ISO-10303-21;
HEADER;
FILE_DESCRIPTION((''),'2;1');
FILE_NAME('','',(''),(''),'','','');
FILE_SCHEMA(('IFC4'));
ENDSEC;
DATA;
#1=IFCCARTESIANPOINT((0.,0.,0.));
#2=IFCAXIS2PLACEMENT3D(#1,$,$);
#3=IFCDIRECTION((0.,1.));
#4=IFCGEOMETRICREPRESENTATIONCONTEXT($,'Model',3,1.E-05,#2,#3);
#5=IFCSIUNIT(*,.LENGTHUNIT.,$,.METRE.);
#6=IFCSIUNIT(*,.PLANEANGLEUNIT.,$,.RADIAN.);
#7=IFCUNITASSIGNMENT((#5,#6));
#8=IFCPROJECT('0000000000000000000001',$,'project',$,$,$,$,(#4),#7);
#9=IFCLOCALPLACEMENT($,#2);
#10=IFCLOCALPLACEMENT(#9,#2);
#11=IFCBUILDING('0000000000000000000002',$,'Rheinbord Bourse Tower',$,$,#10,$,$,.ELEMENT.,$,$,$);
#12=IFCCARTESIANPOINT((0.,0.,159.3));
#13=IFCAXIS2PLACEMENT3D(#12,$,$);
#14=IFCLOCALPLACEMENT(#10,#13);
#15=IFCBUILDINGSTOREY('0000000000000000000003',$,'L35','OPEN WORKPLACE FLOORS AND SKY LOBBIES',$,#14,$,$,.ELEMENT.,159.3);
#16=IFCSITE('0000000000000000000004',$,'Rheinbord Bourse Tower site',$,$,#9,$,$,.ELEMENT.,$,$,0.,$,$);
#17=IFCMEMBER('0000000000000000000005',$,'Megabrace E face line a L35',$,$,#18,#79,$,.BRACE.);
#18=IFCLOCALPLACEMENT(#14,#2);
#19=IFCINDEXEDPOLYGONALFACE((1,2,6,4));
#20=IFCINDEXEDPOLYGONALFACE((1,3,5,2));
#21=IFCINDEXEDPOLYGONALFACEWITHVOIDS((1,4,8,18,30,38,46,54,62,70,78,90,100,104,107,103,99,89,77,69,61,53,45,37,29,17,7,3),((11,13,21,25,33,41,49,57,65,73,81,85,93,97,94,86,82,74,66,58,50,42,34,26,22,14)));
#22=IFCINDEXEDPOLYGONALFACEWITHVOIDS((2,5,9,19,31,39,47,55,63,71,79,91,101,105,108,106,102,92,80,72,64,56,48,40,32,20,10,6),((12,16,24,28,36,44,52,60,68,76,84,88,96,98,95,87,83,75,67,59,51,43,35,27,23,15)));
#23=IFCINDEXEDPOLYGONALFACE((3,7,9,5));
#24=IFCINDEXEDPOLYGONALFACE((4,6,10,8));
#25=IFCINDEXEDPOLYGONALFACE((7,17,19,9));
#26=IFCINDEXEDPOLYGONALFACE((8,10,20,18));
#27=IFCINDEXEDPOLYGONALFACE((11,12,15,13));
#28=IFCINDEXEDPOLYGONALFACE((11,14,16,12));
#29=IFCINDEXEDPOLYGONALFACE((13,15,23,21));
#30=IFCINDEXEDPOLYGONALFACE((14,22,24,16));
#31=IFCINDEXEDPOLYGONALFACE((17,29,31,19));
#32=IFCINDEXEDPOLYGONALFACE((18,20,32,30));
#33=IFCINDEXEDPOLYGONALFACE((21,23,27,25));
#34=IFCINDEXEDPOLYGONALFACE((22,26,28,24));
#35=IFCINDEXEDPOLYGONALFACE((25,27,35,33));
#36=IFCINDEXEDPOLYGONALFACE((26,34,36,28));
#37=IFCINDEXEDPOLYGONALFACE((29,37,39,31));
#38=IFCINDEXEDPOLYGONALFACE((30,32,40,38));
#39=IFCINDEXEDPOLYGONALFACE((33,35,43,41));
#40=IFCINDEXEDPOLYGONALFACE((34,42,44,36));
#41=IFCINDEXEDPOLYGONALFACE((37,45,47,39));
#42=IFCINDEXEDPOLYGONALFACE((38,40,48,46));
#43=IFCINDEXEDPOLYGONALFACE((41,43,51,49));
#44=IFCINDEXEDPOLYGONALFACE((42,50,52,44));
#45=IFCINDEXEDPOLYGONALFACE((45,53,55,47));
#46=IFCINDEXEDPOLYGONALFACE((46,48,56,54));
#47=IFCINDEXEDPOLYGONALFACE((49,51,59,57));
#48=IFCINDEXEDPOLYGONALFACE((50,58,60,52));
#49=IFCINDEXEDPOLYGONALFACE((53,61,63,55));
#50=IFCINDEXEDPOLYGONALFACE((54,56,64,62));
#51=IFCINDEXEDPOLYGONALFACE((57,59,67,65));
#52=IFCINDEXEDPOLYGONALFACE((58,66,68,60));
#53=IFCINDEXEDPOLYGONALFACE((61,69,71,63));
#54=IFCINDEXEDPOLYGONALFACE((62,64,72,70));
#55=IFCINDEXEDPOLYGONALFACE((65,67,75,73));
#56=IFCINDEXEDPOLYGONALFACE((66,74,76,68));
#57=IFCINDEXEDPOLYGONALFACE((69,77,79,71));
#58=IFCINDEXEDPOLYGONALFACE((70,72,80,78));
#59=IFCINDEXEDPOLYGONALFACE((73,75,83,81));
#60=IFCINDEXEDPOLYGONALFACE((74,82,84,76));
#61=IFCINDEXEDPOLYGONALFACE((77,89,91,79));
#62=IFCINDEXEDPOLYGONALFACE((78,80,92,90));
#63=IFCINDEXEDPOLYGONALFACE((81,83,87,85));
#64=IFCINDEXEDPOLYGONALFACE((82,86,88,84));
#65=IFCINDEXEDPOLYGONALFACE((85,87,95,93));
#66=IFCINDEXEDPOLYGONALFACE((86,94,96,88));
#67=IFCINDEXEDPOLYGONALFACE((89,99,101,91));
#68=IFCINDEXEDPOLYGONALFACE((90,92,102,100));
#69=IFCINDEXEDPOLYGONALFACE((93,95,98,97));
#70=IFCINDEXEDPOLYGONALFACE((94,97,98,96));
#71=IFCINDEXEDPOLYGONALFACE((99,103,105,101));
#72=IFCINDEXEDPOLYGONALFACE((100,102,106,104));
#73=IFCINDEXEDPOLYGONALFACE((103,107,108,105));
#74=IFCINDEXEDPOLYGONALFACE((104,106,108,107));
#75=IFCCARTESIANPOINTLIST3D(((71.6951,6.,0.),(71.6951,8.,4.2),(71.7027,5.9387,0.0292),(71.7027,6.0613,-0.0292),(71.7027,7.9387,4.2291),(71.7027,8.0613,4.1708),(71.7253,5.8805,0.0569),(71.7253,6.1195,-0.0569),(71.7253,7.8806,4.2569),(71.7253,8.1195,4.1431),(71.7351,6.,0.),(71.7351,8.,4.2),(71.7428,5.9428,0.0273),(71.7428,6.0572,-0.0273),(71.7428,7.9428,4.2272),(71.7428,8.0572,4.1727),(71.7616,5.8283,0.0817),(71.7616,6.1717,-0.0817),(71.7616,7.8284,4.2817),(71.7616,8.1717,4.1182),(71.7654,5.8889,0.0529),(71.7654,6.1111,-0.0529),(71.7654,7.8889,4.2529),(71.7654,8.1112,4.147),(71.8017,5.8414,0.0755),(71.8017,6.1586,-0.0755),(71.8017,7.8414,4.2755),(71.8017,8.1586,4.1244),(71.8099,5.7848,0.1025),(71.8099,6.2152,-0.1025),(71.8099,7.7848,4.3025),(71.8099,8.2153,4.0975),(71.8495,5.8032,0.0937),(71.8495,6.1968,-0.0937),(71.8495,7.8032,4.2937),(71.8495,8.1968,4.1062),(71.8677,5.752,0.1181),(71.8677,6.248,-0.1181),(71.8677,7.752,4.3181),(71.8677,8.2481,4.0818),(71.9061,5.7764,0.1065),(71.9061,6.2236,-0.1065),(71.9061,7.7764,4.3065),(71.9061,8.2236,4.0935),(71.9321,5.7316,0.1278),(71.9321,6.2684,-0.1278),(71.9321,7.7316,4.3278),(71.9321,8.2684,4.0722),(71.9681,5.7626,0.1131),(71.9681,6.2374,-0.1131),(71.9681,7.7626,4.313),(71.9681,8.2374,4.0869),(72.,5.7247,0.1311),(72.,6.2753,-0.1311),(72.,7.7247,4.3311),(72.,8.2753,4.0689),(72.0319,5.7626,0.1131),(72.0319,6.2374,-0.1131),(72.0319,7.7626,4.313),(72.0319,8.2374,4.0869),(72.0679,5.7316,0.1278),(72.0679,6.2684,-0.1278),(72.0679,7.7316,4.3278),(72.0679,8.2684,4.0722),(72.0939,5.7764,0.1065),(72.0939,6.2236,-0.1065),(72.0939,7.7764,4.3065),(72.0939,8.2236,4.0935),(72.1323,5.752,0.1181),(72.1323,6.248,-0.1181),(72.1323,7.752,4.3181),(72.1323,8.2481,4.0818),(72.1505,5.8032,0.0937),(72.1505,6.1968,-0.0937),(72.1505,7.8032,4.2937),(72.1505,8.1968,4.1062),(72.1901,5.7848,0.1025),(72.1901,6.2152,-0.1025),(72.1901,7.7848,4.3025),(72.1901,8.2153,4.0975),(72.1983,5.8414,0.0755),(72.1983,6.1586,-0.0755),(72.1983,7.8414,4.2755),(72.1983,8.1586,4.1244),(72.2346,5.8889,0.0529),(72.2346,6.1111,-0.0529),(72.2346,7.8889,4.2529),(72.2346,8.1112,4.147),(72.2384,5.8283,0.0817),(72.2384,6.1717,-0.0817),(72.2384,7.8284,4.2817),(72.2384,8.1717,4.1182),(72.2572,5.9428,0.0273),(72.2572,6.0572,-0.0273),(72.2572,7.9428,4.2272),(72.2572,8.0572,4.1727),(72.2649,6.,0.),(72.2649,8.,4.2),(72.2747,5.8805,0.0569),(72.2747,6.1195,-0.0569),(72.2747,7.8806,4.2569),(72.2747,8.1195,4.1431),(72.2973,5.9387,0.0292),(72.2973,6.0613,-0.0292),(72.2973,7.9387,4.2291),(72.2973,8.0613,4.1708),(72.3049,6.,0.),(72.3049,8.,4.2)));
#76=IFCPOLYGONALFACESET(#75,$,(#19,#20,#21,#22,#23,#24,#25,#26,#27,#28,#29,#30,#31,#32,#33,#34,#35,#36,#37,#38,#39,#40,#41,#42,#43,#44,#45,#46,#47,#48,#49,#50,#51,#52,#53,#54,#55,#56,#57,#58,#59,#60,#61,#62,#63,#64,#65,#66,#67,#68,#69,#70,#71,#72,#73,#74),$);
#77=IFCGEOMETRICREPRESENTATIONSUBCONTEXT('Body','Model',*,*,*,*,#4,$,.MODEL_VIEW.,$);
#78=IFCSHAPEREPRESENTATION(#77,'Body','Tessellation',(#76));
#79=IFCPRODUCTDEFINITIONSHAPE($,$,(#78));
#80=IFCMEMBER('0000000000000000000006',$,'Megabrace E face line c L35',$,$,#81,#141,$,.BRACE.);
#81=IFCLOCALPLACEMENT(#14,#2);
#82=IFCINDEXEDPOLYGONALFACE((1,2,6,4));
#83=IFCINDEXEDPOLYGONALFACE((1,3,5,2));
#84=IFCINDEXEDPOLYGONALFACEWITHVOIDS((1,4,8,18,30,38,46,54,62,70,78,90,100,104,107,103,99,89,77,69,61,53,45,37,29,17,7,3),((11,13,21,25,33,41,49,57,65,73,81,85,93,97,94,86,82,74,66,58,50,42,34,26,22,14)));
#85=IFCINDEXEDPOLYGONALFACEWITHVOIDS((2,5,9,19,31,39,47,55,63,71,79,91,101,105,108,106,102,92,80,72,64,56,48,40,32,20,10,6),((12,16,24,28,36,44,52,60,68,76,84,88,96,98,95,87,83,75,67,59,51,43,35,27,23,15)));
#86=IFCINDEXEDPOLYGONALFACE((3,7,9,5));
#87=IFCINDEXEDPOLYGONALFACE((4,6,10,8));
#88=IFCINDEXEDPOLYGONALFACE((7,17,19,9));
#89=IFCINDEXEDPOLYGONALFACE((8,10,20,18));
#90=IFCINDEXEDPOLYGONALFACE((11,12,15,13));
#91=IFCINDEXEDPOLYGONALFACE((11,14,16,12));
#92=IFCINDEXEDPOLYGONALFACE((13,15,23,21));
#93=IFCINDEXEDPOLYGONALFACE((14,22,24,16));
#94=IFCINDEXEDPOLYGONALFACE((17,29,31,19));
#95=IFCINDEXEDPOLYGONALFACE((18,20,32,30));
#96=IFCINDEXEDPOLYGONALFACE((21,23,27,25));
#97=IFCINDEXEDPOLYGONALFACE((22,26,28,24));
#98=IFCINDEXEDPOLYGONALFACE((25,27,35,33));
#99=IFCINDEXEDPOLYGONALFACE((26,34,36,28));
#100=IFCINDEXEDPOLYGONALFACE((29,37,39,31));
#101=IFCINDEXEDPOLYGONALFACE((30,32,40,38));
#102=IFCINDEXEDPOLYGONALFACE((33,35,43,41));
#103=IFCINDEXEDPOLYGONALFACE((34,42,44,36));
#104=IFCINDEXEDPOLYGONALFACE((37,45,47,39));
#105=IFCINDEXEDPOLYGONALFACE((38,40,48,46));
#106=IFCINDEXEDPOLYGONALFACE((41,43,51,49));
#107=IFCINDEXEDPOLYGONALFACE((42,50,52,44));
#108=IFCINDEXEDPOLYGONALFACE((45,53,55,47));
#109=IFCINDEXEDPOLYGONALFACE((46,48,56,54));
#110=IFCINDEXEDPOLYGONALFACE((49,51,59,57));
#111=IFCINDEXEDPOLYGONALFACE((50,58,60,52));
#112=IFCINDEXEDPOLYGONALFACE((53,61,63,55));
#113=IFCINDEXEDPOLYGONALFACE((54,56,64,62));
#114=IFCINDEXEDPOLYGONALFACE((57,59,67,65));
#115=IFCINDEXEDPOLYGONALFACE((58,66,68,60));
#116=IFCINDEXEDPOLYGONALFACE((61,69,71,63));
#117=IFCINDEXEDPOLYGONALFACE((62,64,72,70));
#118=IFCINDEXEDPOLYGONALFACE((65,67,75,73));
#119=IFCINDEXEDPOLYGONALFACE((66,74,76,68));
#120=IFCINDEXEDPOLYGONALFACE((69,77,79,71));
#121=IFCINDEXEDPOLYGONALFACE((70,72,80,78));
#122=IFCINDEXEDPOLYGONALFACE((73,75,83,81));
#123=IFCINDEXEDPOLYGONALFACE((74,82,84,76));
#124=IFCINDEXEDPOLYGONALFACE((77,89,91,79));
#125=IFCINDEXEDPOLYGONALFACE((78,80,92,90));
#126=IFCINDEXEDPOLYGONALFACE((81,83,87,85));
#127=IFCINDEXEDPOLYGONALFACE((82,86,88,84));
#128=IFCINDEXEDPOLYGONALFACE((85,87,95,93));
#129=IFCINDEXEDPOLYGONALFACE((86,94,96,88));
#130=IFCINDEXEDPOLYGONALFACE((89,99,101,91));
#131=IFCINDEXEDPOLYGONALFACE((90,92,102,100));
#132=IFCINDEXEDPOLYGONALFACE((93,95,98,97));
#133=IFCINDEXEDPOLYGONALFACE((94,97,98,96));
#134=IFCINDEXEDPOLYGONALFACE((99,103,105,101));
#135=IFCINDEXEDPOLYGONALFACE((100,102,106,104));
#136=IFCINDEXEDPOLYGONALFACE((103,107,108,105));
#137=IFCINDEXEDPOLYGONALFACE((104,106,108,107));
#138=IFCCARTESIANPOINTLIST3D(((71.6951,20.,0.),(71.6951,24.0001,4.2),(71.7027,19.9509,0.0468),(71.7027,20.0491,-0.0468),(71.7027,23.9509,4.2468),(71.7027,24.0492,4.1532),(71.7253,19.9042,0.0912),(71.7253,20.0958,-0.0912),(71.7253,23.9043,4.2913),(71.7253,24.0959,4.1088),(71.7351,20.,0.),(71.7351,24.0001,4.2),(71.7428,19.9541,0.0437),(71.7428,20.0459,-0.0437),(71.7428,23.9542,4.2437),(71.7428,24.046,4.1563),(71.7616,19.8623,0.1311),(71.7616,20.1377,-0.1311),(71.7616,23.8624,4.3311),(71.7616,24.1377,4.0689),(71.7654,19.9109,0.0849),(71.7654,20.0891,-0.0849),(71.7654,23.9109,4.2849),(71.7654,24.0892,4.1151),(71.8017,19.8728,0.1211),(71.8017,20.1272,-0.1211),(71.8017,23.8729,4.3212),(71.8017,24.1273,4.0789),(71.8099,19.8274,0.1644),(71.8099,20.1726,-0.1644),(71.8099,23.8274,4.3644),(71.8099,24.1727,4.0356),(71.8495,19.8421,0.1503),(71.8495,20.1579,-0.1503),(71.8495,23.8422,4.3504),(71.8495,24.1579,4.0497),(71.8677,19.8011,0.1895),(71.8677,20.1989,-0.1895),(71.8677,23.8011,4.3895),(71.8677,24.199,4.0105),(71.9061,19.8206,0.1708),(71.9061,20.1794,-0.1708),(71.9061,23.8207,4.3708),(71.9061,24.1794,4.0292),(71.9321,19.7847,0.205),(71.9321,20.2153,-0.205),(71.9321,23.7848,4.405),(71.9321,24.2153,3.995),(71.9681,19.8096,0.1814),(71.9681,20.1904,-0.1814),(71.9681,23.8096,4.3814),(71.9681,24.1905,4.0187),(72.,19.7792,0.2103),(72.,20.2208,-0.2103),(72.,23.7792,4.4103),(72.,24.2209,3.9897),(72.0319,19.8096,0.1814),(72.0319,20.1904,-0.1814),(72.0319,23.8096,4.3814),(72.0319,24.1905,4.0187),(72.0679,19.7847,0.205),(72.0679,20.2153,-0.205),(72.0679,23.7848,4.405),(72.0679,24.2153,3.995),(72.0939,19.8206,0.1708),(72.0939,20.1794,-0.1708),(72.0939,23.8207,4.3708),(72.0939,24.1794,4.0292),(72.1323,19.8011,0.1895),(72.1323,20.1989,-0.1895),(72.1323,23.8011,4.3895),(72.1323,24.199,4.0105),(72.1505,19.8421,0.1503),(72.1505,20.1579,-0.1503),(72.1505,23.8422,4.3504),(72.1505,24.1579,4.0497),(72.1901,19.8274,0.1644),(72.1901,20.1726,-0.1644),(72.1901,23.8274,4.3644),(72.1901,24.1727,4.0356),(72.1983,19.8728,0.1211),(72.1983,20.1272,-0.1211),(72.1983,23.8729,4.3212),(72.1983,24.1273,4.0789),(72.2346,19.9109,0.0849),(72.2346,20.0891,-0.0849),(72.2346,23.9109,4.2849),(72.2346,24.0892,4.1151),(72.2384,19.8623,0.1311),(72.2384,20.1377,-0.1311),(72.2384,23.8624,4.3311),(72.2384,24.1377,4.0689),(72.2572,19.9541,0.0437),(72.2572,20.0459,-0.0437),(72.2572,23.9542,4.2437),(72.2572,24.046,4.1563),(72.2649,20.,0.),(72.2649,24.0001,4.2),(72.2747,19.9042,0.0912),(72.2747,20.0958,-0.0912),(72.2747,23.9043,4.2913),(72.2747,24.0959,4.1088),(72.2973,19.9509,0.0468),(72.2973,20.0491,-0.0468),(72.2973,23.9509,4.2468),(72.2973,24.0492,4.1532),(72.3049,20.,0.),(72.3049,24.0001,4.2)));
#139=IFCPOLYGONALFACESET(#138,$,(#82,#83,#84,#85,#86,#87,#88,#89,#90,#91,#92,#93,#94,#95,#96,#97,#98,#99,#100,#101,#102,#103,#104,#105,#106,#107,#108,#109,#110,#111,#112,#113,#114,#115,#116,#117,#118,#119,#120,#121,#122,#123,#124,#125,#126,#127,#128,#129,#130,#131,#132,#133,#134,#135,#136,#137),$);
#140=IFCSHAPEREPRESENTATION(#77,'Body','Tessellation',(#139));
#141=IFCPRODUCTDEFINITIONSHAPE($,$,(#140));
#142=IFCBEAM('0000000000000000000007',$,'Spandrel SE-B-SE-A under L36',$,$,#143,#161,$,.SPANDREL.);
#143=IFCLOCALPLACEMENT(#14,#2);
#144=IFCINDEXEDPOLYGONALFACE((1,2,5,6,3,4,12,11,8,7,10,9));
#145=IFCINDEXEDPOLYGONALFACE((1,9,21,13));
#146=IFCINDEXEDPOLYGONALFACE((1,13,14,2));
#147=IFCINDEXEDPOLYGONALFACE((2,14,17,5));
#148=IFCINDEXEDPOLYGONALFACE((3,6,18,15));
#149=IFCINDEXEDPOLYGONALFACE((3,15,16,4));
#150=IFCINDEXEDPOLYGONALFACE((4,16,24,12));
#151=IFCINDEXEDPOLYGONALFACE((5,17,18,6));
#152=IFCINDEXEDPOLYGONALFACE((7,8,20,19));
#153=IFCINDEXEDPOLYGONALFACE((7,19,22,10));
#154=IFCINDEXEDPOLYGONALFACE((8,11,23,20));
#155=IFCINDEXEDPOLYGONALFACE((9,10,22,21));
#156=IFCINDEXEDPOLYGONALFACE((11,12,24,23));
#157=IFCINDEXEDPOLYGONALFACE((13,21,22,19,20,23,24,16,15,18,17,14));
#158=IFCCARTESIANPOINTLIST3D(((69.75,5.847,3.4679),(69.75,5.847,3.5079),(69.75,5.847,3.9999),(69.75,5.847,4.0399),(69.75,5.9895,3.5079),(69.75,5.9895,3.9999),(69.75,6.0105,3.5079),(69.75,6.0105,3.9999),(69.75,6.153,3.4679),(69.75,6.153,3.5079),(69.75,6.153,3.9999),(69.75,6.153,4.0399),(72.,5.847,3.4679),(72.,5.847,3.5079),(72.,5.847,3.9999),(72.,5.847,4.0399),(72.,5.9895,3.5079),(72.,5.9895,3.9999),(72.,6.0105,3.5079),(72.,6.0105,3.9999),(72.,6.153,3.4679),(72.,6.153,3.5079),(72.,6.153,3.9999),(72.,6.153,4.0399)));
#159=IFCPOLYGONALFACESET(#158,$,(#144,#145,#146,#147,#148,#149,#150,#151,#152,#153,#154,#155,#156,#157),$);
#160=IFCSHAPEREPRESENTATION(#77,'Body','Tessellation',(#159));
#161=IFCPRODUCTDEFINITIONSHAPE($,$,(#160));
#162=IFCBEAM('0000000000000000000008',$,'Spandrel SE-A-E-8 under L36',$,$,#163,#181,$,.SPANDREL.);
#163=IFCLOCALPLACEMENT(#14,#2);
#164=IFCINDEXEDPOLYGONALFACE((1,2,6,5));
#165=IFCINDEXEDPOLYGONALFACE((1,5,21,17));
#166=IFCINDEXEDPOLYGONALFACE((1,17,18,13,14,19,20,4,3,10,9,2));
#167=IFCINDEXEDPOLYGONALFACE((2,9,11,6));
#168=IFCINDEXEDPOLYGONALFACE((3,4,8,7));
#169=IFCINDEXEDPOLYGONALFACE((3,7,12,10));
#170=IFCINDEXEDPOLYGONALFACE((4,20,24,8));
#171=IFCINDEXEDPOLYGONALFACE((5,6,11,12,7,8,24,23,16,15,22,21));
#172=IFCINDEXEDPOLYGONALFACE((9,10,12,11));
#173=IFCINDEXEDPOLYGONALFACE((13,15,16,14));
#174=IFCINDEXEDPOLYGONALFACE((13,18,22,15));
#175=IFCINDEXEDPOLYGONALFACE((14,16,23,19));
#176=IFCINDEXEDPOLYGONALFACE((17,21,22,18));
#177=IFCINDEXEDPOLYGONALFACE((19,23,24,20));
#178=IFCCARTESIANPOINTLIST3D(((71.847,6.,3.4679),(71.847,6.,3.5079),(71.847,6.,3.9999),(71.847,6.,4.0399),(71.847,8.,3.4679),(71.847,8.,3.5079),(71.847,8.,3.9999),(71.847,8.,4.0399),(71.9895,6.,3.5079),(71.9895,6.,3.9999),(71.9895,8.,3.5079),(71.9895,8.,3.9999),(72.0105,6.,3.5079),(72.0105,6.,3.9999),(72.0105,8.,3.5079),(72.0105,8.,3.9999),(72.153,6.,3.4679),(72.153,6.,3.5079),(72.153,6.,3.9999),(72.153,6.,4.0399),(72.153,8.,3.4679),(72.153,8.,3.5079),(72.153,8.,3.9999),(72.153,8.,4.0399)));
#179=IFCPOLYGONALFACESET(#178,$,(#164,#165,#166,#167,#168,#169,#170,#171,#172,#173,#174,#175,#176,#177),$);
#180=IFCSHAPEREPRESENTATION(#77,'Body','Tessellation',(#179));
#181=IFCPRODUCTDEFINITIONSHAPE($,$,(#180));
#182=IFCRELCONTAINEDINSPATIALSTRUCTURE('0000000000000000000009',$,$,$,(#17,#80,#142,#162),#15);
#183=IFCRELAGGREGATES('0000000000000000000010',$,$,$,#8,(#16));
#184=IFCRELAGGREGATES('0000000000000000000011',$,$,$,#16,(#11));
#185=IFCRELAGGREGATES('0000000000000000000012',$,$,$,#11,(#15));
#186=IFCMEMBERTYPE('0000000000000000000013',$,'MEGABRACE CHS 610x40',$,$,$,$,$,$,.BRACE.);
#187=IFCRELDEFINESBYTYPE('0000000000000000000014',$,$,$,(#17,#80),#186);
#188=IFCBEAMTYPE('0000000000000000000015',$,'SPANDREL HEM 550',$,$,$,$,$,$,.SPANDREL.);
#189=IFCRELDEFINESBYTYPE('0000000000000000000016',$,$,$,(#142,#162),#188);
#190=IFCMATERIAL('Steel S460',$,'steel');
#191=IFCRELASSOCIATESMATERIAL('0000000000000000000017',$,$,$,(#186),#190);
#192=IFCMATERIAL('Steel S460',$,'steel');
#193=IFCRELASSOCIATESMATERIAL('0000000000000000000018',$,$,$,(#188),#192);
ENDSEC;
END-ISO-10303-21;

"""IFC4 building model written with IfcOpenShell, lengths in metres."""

from ifc_helpers import new_model, si_unit, direction, frame, origin, origin_2d, place, context, subcontext, project, spatial, hollow_circle, i_section, extrude, material, material_profile, profile_set, type_object, element, save


model = new_model("IFC4")

# Units and contexts
model_context = context("Model", 3, precision=1e-05, world=origin(), true_north=direction((0.0, 1.0)))
body_context = subcontext(model_context, "Body", "Model", "MODEL_VIEW")
ifc_project = project(units=[si_unit("LENGTHUNIT", "METRE"), si_unit("PLANEANGLEUNIT", "RADIAN")], contexts=[model_context])

# Site, building, storey
site_placement = place(None, origin())
site = spatial("IfcSite", under=ifc_project, at=site_placement, Name="Rheinbord Bourse Tower site", CompositionType="ELEMENT", RefElevation=0.0)
building_placement = place(site_placement, origin())
building = spatial("IfcBuilding", under=site, at=building_placement, Name="Rheinbord Bourse Tower", CompositionType="ELEMENT")
storey_placement = place(building_placement, frame((0.0, 0.0, 159.3)))
storey = spatial("IfcBuildingStorey", under=building, at=storey_placement, Name="L35", Description="OPEN WORKPLACE FLOORS AND SKY LOBBIES", CompositionType="ELEMENT", Elevation=159.3)

# Members
ifc_material_1 = material(Name="Steel S460", Category="steel")
ifc_material_profile_1 = material_profile(ifc_material_1, hollow_circle(Radius=0.3049, WallThickness=0.04, at=origin_2d()), Name="CHS 610x40")
ifc_profile_set_1 = profile_set([ifc_material_profile_1], Name="Steel S460")
member_type_1 = type_object("IfcMemberType", Name="MEGABRACE CHS 610x40", PredefinedType="BRACE", material=ifc_profile_set_1)
member_1_placement = place(storey_placement, frame((72.0, 6.0, 0.0), z_axis=(0.0, 0.429938, 0.902859), x_axis=(-1.0, 0.0, 0.0)))
element("IfcMember", 1, at=member_1_placement, inside=storey, type_object=member_type_1, Name="Megabrace E face line a L35", PredefinedType="BRACE", context=body_context, shape_type="SweptSolid", body=[
    extrude(hollow_circle(Radius=0.3049, WallThickness=0.04, at=origin_2d()), origin(), (0.0, 0.0, 1.0), 4.6519),
])
member_2_placement = place(storey_placement, frame((72.0, 20.0, 0.0), z_axis=(0.0, 0.689659, 0.724134), x_axis=(-1.0, 0.0, 0.0)))
element("IfcMember", 2, at=member_2_placement, inside=storey, type_object=member_type_1, Name="Megabrace E face line c L35", PredefinedType="BRACE", context=body_context, shape_type="SweptSolid", body=[
    extrude(hollow_circle(Radius=0.3049, WallThickness=0.04, at=origin_2d()), origin(), (0.0, 0.0, 1.0), 5.8),
])

# Beams
ifc_material_2 = material(Name="Steel S460", Category="steel")
ifc_material_profile_2 = material_profile(ifc_material_2, i_section(OverallWidth=0.3059, OverallDepth=0.572, WebThickness=0.021, FlangeThickness=0.04, at=origin_2d()), Name="HEM 550")
ifc_profile_set_2 = profile_set([ifc_material_profile_2], Name="Steel S460")
beam_type_1 = type_object("IfcBeamType", Name="SPANDREL HEM 550", PredefinedType="SPANDREL", material=ifc_profile_set_2)
beam_1_placement = place(storey_placement, frame((69.75, 6.0, 3.7539), z_axis=(1.0, 0.0, 0.0), x_axis=(0.0, 1.0, 0.0)))
element("IfcBeam", 3, at=beam_1_placement, inside=storey, type_object=beam_type_1, Name="Spandrel SE-B-SE-A under L36", PredefinedType="SPANDREL", context=body_context, shape_type="SweptSolid", body=[
    extrude(i_section(OverallWidth=0.3059, OverallDepth=0.572, WebThickness=0.021, FlangeThickness=0.04, at=origin_2d()), origin(), (0.0, 0.0, 1.0), 2.25),
])
beam_2_placement = place(storey_placement, frame((72.0, 6.0, 3.7539), z_axis=(0.0, 1.0, 0.0), x_axis=(-1.0, 0.0, 0.0)))
element("IfcBeam", 4, at=beam_2_placement, inside=storey, type_object=beam_type_1, Name="Spandrel SE-A-E-8 under L36", PredefinedType="SPANDREL", context=body_context, shape_type="SweptSolid", body=[
    extrude(i_section(OverallWidth=0.3059, OverallDepth=0.572, WebThickness=0.021, FlangeThickness=0.04, at=origin_2d()), origin(), (0.0, 0.0, 1.0), 2.0),
])

save(model, "model.ifc")
